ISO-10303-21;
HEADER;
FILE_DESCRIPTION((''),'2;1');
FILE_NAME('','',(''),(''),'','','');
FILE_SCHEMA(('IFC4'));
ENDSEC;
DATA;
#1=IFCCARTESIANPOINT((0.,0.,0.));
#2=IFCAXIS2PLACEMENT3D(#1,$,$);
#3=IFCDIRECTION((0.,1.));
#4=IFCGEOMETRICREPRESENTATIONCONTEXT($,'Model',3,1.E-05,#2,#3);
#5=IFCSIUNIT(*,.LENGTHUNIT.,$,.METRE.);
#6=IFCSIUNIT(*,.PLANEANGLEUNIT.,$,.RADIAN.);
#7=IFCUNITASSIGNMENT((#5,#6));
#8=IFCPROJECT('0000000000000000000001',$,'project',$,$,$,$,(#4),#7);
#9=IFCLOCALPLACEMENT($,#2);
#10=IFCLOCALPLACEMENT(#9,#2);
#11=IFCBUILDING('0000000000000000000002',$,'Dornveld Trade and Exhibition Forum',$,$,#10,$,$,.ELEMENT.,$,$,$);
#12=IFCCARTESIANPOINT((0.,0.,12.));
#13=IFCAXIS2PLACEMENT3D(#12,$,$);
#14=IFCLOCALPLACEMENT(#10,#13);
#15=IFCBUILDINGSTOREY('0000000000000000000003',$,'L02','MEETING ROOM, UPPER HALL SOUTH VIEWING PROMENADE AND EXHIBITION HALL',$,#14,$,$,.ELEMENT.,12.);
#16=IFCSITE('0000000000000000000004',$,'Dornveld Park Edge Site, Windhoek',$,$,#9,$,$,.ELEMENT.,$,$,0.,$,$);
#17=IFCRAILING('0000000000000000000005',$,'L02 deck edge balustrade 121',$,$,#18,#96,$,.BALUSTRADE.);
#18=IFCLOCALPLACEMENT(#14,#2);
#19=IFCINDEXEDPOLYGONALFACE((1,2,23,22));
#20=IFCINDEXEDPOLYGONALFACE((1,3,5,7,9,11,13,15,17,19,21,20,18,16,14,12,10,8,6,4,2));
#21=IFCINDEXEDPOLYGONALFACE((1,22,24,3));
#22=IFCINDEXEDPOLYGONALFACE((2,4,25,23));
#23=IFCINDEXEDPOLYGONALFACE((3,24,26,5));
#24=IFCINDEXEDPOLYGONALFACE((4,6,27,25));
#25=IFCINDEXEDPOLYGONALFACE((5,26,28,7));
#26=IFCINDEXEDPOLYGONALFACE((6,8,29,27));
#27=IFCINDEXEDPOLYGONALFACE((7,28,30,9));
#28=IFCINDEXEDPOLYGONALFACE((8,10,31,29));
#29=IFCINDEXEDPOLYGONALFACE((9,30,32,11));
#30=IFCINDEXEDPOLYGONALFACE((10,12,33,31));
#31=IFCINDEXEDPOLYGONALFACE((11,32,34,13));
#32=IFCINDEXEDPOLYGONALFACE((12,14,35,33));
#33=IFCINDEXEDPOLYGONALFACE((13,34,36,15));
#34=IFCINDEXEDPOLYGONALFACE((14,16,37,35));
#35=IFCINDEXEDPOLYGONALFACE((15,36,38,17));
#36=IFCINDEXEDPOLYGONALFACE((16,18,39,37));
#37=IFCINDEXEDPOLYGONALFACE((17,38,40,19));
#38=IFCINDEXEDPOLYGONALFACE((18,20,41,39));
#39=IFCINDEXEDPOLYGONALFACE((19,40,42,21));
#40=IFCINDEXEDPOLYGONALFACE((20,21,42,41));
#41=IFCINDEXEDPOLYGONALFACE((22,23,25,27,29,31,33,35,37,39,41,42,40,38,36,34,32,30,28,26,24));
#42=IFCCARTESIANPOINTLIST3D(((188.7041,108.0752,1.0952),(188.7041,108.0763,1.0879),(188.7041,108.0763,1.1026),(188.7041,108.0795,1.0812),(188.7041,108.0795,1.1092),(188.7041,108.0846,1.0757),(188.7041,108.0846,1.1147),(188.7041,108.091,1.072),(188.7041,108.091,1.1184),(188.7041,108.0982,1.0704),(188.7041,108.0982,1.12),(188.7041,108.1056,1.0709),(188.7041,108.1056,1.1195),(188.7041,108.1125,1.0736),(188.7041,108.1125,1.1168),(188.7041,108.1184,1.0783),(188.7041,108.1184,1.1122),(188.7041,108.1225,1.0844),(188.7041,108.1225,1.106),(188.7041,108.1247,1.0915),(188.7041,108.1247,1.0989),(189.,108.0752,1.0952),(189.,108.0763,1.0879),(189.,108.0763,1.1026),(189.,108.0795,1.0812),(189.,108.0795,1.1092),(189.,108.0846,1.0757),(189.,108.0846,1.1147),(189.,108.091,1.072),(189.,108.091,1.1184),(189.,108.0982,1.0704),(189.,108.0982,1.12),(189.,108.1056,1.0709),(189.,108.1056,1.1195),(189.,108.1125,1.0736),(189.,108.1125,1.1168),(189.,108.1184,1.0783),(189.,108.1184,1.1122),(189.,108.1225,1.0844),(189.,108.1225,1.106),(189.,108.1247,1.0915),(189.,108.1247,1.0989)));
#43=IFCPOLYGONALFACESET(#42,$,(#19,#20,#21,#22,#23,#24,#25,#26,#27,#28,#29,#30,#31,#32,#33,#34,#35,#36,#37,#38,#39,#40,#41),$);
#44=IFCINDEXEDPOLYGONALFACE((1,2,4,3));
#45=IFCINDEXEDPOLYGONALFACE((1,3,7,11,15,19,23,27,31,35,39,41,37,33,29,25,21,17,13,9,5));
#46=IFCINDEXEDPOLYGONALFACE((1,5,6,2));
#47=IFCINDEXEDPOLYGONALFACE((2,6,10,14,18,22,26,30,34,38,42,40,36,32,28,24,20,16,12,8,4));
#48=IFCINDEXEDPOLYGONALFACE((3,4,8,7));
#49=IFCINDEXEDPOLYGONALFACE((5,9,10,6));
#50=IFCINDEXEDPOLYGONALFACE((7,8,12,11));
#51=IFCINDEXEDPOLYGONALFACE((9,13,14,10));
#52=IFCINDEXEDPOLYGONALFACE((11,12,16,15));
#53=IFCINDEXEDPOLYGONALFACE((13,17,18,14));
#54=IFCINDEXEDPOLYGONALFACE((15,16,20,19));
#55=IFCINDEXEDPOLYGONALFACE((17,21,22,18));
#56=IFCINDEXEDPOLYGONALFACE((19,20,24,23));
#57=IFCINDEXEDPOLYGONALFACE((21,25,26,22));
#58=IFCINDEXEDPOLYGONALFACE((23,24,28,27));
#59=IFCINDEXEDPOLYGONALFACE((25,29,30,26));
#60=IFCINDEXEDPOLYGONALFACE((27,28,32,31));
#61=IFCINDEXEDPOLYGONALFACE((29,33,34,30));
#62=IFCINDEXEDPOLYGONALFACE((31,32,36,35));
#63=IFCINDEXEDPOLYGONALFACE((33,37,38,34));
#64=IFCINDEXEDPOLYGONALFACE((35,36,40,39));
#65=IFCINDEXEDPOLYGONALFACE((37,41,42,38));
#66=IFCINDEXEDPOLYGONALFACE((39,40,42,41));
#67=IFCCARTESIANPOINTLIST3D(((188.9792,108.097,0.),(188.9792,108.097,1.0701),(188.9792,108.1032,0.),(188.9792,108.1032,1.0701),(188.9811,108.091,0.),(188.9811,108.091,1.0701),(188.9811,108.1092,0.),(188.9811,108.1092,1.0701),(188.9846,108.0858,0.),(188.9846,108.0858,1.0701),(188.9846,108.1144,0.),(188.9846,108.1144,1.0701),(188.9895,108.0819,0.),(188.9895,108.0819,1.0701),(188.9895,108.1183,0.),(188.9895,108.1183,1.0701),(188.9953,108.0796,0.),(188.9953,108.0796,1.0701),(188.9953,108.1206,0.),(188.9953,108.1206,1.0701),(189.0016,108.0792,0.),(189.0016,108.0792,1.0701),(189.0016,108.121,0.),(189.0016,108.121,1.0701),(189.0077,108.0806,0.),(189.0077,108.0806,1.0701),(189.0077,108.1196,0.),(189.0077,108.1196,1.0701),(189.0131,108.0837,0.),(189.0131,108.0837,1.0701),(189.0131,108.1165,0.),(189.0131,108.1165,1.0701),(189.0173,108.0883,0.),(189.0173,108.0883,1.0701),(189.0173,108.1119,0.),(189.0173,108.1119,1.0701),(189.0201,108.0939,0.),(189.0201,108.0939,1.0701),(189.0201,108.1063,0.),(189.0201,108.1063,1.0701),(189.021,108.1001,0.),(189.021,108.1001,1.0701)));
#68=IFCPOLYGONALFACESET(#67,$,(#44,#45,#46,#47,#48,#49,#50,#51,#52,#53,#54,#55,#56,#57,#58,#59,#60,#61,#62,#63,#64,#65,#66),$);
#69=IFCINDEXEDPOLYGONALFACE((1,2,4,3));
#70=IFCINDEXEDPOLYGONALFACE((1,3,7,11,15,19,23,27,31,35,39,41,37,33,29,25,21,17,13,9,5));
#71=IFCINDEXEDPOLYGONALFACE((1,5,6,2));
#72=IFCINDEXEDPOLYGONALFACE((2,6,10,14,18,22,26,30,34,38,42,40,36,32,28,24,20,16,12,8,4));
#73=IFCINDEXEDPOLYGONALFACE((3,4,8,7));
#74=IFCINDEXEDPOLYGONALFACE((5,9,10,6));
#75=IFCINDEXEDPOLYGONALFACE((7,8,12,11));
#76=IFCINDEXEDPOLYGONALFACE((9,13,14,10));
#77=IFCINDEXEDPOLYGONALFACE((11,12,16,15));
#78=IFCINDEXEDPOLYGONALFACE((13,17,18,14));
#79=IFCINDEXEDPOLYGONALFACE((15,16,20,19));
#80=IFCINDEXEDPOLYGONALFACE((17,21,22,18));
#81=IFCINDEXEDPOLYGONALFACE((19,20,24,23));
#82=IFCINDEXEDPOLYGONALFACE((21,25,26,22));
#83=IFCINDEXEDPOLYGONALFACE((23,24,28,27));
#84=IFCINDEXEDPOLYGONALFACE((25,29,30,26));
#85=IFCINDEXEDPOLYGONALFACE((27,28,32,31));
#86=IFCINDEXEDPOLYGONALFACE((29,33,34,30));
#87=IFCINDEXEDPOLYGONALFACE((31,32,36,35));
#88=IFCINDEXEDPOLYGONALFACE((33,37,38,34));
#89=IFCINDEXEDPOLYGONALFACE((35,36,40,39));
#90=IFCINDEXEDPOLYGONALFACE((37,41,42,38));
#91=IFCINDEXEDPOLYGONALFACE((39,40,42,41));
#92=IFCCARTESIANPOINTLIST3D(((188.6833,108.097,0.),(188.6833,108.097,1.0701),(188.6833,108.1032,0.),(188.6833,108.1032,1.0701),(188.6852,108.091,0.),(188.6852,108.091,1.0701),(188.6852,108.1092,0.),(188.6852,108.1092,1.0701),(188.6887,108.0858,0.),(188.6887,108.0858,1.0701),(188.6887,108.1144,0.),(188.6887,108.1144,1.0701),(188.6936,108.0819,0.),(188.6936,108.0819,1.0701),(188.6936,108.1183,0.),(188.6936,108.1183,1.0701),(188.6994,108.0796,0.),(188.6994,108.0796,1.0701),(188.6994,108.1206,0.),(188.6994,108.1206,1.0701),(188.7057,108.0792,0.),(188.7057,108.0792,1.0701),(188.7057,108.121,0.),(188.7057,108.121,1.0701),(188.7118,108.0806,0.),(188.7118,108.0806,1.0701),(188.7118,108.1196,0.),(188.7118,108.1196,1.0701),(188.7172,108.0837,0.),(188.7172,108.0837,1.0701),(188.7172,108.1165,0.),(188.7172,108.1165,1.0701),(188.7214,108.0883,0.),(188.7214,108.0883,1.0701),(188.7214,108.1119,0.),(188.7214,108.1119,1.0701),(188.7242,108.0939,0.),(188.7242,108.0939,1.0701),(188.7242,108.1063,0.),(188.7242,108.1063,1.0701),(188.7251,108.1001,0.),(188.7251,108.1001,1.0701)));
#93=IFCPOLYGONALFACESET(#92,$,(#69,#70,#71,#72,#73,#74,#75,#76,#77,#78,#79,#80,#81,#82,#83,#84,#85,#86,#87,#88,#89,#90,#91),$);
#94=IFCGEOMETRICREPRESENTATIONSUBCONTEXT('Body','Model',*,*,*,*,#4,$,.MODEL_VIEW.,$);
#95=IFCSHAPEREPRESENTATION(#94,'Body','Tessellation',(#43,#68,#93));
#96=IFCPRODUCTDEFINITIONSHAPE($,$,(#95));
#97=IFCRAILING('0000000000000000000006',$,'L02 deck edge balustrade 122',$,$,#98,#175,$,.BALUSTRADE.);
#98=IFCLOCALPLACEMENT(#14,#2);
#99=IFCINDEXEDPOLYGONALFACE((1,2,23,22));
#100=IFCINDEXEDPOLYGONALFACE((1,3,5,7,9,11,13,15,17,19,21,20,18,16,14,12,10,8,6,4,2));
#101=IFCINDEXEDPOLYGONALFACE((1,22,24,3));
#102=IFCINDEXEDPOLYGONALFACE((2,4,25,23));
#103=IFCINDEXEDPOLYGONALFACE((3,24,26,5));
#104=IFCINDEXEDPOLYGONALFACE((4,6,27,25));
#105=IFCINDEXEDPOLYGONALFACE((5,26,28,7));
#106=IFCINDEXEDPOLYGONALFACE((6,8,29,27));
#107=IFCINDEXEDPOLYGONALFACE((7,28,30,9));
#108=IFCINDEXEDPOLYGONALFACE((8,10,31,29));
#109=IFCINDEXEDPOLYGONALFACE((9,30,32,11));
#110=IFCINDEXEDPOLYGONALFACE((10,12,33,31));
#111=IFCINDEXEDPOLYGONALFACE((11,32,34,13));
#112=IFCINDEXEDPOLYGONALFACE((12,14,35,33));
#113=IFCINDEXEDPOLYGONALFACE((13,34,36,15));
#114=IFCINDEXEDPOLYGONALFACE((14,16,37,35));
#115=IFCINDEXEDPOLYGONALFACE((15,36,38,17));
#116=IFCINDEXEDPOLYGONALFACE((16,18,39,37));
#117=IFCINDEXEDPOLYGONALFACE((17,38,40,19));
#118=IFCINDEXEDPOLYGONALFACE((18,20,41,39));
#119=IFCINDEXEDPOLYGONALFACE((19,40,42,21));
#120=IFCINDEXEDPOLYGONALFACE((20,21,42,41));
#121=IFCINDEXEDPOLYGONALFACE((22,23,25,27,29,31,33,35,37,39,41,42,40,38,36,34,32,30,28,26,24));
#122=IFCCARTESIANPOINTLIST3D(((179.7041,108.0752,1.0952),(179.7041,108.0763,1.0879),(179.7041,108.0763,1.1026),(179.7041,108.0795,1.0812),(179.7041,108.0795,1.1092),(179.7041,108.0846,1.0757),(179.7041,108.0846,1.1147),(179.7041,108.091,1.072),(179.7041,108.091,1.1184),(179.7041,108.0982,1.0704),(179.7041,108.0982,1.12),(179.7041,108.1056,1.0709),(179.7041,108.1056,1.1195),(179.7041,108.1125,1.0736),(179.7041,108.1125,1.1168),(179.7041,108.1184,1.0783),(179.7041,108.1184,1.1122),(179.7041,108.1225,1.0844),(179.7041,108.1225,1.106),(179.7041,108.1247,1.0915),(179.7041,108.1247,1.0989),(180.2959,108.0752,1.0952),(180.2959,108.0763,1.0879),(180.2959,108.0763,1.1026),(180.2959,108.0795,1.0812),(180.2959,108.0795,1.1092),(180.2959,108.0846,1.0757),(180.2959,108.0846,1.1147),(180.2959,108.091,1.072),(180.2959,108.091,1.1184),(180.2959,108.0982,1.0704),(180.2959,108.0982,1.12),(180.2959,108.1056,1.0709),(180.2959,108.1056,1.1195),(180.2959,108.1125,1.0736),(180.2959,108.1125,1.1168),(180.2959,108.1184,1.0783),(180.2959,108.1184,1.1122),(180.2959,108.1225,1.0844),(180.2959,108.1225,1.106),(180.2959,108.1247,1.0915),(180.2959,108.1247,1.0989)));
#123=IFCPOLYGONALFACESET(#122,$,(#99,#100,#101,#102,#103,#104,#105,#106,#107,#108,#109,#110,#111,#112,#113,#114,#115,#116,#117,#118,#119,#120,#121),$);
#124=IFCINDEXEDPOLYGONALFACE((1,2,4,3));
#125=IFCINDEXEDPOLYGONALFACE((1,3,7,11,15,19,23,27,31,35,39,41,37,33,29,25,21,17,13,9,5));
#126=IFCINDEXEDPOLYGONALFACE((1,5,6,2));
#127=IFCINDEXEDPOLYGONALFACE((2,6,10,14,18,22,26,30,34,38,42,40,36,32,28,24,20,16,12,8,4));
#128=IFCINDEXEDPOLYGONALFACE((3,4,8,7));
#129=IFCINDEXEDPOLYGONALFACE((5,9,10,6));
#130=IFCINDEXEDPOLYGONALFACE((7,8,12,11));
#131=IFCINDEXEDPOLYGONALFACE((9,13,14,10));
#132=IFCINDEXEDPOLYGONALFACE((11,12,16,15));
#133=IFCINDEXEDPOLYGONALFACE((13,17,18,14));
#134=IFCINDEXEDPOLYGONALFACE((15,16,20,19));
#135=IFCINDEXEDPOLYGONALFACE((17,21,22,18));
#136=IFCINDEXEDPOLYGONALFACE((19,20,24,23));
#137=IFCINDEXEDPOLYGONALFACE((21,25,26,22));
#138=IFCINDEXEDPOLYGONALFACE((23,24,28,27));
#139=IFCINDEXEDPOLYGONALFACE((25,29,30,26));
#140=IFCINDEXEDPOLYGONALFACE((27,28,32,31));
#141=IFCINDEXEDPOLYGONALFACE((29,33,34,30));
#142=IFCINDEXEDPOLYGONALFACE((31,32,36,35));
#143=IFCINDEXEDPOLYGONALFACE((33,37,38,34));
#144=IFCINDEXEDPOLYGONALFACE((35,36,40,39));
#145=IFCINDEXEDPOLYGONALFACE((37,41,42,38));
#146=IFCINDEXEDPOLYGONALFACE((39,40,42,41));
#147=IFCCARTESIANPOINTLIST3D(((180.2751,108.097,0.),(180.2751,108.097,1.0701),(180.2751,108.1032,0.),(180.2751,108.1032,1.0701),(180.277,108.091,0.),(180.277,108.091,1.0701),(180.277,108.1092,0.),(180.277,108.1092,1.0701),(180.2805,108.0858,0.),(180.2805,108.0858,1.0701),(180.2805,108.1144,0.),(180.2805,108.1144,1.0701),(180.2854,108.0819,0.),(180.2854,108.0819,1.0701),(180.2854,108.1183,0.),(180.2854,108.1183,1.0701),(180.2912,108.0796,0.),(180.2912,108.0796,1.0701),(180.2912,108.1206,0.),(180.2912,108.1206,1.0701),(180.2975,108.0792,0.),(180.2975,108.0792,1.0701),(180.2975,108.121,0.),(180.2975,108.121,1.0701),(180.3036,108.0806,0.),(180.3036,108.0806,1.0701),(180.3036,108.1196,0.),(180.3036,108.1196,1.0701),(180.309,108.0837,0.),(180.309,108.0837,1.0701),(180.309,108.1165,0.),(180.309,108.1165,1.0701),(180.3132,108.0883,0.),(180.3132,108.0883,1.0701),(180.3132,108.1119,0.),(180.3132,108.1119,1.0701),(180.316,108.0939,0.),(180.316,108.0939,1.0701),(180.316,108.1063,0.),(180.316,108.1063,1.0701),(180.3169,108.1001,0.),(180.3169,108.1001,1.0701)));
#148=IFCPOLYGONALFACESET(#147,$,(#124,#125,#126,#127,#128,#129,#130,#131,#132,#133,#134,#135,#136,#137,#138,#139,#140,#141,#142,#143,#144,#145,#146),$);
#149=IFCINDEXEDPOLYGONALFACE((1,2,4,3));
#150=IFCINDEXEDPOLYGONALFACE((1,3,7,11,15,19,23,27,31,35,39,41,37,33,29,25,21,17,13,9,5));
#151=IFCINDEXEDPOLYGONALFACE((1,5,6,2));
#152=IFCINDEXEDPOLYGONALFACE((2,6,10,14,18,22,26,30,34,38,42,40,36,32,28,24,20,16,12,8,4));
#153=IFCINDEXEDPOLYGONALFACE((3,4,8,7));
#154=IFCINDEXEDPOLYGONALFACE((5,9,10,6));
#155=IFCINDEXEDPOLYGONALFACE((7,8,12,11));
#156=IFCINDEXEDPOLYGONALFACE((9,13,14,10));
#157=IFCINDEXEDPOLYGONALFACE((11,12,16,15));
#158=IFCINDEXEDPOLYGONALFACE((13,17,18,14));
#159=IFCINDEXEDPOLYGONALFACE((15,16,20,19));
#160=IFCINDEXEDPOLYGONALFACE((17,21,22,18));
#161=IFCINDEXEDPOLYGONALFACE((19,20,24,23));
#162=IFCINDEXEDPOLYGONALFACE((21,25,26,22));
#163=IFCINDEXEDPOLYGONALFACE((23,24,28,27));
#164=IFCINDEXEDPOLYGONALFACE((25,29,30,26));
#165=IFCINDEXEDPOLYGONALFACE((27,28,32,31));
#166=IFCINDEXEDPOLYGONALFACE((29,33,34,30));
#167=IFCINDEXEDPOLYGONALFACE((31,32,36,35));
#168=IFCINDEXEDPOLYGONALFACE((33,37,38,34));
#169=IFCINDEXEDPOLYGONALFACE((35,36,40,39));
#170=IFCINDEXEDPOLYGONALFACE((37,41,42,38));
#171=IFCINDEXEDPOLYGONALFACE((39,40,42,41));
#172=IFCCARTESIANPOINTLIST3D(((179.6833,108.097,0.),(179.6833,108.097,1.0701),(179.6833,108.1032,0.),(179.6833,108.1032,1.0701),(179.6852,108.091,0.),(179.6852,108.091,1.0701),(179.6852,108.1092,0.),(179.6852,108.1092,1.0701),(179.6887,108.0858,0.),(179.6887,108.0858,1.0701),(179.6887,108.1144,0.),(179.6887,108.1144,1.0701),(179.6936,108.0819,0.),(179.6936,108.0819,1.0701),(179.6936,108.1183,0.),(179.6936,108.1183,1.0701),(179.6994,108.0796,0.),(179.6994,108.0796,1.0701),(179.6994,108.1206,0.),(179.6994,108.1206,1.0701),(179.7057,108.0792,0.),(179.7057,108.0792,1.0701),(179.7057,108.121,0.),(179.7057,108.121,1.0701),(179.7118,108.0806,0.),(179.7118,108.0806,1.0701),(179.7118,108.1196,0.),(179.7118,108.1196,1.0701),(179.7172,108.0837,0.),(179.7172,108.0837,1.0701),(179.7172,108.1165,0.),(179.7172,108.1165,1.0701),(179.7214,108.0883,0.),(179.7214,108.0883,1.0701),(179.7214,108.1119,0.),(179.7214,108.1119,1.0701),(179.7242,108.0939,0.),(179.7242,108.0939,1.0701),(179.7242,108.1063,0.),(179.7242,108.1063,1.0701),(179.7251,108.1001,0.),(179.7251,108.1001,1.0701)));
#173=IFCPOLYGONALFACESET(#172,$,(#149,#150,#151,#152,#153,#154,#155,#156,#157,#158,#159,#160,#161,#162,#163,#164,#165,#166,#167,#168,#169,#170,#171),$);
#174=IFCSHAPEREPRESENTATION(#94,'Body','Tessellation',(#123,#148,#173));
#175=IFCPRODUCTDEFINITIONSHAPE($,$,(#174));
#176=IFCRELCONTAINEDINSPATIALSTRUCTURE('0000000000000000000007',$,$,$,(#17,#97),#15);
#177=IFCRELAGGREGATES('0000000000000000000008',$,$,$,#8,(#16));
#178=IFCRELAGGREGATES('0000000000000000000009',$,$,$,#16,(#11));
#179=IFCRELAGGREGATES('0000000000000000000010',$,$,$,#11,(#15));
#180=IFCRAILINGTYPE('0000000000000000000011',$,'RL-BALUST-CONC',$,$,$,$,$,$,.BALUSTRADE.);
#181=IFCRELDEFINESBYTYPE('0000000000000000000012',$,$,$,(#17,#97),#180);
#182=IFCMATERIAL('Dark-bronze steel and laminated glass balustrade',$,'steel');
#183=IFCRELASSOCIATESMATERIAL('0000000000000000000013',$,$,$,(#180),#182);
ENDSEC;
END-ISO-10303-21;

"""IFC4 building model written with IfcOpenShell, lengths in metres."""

from ifc_helpers import new_model, si_unit, direction, frame, origin, origin_2d, place, context, subcontext, project, spatial, circle, extrude, material, type_object, element, save


model = new_model("IFC4")

# Units and contexts
model_context = context("Model", 3, precision=1e-05, world=origin(), true_north=direction((0.0, 1.0)))
body_context = subcontext(model_context, "Body", "Model", "MODEL_VIEW")
ifc_project = project(units=[si_unit("LENGTHUNIT", "METRE"), si_unit("PLANEANGLEUNIT", "RADIAN")], contexts=[model_context])

# Site, building, storey
site_placement = place(None, origin())
site = spatial("IfcSite", under=ifc_project, at=site_placement, Name="Dornveld Park Edge Site, Windhoek", CompositionType="ELEMENT", RefElevation=0.0)
building_placement = place(site_placement, origin())
building = spatial("IfcBuilding", under=site, at=building_placement, Name="Dornveld Trade and Exhibition Forum", CompositionType="ELEMENT")
storey_placement = place(building_placement, frame((0.0, 0.0, 12.0)))
storey = spatial("IfcBuildingStorey", under=building, at=storey_placement, Name="L02", Description="MEETING ROOM, UPPER HALL SOUTH VIEWING PROMENADE AND EXHIBITION HALL", CompositionType="ELEMENT", Elevation=12.0)

# Railings
ifc_material_1 = material(Name="Dark-bronze steel and laminated glass balustrade", Category="steel")
railing_type = type_object("IfcRailingType", Name="RL-BALUST-CONC", PredefinedType="BALUSTRADE", material=ifc_material_1)
railing_1_placement = place(storey_placement, frame((189.0, 108.1001, 0.0)))
element("IfcRailing", 1, at=railing_1_placement, inside=storey, type_object=railing_type, Name="L02 deck edge balustrade 121", PredefinedType="BALUSTRADE", context=body_context, shape_type="SweptSolid", body=[
    extrude(circle(Radius=0.0249, at=origin_2d()), frame((0.0, 0.0, 1.0952), z_axis=(-1.0, 0.0, 0.0), x_axis=(0.0, -1.0, 0.0)), (0.0, 0.0, 1.0), 0.2959),
    extrude(circle(Radius=0.021, at=origin_2d()), origin(), (0.0, 0.0, 1.0), 1.0701),
    extrude(circle(Radius=0.021, at=origin_2d()), frame((-0.2959, 0.0, 0.0)), (0.0, 0.0, 1.0), 1.0701),
])
railing_2_placement = place(storey_placement, frame((180.2959, 108.1001, 0.0)))
element("IfcRailing", 2, at=railing_2_placement, inside=storey, type_object=railing_type, Name="L02 deck edge balustrade 122", PredefinedType="BALUSTRADE", context=body_context, shape_type="SweptSolid", body=[
    extrude(circle(Radius=0.0249, at=origin_2d()), frame((0.0, 0.0, 1.0952), z_axis=(-1.0, 0.0, 0.0), x_axis=(0.0, -1.0, 0.0)), (0.0, 0.0, 1.0), 0.5918),
    extrude(circle(Radius=0.021, at=origin_2d()), origin(), (0.0, 0.0, 1.0), 1.0701),
    extrude(circle(Radius=0.021, at=origin_2d()), frame((-0.5918, 0.0, 0.0)), (0.0, 0.0, 1.0), 1.0701),
])

save(model, "model.ifc")
